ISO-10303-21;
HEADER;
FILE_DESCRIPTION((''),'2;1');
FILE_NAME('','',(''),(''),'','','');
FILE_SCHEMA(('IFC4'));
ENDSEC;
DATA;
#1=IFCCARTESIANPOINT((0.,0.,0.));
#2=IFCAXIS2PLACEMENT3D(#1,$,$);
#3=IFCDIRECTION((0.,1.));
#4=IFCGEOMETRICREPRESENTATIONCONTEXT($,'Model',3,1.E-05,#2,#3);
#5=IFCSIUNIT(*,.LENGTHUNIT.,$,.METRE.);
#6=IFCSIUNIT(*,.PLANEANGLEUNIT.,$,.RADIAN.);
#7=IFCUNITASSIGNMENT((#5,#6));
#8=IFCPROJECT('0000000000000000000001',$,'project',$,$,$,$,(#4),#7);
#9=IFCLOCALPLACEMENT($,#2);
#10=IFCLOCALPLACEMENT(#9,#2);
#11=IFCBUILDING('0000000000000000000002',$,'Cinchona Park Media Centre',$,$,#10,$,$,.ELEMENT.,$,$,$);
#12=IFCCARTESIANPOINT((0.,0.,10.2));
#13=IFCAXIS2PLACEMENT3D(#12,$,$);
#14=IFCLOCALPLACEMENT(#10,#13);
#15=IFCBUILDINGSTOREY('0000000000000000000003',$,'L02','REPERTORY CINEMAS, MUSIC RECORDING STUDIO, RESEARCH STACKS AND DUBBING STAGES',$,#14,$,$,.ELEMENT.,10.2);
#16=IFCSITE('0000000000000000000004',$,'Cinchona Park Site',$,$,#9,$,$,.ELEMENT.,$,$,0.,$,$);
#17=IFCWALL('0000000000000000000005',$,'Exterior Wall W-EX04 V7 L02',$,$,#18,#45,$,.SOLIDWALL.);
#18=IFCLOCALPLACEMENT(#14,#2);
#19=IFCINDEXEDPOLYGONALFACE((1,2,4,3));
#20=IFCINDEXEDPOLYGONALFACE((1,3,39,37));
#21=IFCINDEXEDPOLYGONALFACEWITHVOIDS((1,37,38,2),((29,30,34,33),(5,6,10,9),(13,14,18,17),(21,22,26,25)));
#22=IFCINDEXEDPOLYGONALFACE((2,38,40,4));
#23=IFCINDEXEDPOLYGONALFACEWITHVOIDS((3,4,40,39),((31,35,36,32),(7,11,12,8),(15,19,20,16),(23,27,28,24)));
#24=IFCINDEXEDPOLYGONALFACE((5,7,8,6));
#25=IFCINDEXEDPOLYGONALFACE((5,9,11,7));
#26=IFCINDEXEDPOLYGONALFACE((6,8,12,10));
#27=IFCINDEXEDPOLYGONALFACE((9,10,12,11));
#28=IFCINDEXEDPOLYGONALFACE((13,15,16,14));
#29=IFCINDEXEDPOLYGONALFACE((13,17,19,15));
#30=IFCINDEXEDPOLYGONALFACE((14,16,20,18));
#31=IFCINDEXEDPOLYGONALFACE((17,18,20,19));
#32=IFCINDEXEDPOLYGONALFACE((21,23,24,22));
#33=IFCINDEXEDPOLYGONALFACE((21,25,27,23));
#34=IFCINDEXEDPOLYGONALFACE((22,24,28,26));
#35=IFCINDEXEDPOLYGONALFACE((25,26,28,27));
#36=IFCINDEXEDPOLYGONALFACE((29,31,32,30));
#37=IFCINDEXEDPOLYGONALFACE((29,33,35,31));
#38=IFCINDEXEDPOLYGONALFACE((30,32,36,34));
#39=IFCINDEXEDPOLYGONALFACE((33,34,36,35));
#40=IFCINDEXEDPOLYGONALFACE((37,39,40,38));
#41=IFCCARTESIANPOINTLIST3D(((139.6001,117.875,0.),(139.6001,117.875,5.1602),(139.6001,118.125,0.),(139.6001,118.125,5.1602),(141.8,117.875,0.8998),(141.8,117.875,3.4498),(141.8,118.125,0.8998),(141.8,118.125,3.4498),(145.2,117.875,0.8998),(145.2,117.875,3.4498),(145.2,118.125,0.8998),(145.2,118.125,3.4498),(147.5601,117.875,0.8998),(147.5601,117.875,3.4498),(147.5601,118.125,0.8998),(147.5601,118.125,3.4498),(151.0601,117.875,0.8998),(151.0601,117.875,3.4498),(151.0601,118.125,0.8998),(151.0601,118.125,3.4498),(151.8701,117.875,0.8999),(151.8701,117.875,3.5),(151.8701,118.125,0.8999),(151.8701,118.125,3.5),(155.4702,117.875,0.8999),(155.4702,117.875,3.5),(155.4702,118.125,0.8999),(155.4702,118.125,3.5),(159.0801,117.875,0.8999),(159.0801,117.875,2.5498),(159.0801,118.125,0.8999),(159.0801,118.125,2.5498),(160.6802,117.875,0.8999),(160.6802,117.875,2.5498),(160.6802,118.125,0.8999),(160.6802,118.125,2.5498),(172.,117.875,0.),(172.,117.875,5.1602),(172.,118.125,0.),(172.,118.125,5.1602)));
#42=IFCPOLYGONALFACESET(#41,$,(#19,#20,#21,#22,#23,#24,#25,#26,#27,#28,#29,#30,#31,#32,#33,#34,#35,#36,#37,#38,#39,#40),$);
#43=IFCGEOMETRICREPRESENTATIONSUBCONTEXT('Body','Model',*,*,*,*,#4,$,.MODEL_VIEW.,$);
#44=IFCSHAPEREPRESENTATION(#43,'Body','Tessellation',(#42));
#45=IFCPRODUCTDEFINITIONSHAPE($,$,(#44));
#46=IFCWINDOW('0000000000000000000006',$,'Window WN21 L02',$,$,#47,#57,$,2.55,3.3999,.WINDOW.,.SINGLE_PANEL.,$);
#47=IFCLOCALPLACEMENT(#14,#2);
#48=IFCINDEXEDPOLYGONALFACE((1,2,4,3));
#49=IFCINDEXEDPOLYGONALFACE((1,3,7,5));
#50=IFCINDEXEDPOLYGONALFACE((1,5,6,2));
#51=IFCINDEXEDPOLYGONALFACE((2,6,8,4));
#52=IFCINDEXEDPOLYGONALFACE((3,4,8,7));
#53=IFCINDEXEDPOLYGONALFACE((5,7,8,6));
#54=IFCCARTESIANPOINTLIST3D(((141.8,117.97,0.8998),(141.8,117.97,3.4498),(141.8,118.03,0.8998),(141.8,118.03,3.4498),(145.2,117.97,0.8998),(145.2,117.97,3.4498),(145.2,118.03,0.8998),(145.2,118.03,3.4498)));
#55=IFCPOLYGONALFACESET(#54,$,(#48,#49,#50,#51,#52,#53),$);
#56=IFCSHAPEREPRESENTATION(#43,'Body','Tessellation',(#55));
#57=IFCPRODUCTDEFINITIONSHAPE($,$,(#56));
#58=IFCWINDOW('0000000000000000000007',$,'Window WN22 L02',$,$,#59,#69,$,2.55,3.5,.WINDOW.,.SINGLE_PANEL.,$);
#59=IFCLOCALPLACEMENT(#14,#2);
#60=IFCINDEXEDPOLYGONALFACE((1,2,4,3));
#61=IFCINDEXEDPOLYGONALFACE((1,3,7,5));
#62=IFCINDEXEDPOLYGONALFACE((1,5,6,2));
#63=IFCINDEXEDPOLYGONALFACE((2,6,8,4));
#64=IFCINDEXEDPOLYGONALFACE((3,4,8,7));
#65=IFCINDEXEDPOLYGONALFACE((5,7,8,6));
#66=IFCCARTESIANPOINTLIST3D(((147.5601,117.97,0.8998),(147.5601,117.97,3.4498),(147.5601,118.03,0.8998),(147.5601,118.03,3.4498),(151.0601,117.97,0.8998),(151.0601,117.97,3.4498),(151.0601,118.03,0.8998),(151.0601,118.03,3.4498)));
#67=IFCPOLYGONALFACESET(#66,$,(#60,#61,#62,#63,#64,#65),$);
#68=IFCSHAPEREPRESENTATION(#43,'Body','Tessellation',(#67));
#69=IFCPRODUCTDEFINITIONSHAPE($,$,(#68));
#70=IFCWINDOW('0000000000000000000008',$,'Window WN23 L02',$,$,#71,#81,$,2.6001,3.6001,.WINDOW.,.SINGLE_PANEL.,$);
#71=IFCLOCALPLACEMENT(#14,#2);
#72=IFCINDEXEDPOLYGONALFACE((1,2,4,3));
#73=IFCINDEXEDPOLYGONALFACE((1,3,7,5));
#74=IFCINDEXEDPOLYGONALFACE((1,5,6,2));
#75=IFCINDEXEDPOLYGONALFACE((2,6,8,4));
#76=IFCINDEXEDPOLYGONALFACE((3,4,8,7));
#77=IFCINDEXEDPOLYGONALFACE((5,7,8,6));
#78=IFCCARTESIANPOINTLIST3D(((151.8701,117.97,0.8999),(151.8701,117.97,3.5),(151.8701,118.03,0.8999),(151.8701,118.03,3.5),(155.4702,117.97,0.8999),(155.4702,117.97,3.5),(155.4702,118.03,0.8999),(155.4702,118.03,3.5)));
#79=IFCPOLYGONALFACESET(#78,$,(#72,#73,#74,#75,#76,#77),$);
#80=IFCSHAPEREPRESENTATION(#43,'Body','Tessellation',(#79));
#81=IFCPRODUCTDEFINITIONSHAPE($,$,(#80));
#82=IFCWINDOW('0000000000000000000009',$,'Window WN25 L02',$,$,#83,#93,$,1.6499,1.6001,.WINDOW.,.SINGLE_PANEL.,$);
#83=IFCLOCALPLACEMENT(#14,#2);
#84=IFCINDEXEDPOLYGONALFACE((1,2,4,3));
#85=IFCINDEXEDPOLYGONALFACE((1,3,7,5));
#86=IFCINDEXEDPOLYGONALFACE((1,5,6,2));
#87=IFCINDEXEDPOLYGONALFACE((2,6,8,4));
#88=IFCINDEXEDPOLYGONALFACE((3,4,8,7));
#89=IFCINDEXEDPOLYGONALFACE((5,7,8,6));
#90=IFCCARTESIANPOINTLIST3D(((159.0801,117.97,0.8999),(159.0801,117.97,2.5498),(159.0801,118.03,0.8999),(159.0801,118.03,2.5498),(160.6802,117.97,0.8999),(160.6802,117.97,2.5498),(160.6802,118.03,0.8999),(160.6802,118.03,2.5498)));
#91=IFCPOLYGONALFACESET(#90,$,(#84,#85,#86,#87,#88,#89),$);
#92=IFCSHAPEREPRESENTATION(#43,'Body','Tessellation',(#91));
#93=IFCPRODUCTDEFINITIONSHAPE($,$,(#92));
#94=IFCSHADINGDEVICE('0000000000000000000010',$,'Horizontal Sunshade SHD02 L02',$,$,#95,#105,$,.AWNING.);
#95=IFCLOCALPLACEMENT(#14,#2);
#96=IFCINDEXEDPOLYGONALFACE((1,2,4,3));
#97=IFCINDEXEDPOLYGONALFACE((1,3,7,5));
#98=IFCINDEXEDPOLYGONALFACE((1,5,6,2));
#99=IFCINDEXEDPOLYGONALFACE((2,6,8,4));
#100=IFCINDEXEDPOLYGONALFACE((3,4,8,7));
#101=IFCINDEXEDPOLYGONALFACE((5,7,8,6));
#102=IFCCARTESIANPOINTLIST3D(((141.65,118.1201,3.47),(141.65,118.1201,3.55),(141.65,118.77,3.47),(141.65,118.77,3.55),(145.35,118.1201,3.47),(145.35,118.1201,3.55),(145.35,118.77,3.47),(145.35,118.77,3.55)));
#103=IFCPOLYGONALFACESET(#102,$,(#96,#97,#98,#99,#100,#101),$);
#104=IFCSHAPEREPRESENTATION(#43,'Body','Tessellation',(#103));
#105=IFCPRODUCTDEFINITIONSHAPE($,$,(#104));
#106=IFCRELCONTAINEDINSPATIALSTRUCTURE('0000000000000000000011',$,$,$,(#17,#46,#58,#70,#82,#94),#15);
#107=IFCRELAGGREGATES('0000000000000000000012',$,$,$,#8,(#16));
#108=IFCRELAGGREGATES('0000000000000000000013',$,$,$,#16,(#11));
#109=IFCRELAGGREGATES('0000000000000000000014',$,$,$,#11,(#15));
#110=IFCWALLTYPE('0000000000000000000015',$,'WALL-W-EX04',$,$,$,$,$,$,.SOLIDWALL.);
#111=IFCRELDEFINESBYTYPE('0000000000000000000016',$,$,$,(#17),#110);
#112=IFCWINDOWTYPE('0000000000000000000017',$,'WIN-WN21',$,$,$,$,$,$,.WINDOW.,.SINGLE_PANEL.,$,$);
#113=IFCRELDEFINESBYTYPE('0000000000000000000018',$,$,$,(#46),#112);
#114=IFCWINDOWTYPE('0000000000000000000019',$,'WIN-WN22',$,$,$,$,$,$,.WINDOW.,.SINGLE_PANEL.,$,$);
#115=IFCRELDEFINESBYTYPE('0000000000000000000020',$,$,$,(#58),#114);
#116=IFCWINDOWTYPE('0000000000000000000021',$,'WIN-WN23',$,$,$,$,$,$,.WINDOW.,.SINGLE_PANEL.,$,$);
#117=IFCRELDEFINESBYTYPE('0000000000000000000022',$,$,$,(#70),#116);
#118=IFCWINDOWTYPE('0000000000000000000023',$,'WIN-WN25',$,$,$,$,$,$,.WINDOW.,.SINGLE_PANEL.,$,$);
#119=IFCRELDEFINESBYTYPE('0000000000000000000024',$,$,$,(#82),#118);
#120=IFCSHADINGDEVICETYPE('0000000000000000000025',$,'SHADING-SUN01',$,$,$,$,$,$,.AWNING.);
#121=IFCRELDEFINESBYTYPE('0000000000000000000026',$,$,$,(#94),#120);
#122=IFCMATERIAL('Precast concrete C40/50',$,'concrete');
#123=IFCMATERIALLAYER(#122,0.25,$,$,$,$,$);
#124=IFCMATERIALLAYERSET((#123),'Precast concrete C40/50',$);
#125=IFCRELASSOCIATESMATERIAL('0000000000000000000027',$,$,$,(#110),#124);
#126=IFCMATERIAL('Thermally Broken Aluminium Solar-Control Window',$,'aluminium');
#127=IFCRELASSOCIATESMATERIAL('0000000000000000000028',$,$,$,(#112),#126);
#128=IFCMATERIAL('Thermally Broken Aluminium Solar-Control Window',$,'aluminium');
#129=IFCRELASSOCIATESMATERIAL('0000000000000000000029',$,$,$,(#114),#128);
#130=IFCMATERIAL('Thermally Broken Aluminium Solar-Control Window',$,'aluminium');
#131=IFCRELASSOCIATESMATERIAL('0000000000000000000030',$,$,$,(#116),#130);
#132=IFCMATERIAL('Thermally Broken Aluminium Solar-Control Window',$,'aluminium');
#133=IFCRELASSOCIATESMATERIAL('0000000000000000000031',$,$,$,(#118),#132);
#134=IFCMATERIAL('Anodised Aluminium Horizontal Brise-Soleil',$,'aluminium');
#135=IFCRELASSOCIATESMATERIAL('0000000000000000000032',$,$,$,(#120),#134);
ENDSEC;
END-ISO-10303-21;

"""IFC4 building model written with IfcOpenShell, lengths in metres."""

from ifc_helpers import new_model, si_unit, direction, frame, frame_2d, origin, origin_2d, place, context, subcontext, project, spatial, rectangle, extrude, material, layer, layer_set, type_object, element, fill, save


model = new_model("IFC4")

# Units and contexts
model_context = context("Model", 3, precision=1e-05, world=origin(), true_north=direction((0.0, 1.0)))
body_context = subcontext(model_context, "Body", "Model", "MODEL_VIEW")
ifc_project = project(units=[si_unit("LENGTHUNIT", "METRE"), si_unit("PLANEANGLEUNIT", "RADIAN")], contexts=[model_context])

# Site, building, storey
site_placement = place(None, origin())
site = spatial("IfcSite", under=ifc_project, at=site_placement, Name="Cinchona Park Site", CompositionType="ELEMENT", RefElevation=0.0)
building_placement = place(site_placement, origin())
building = spatial("IfcBuilding", under=site, at=building_placement, Name="Cinchona Park Media Centre", CompositionType="ELEMENT")
storey_placement = place(building_placement, frame((0.0, 0.0, 10.2)))
storey = spatial("IfcBuildingStorey", under=building, at=storey_placement, Name="L02", Description="REPERTORY CINEMAS, MUSIC RECORDING STUDIO, RESEARCH STACKS AND DUBBING STAGES", CompositionType="ELEMENT", Elevation=10.2)

# Wall, openings, windows
ifc_material_1 = material(Name="Precast concrete C40/50", Category="concrete")
ifc_layer = layer(ifc_material_1, 0.25)
ifc_layer_set = layer_set([ifc_layer], Name="Precast concrete C40/50")
wall_type = type_object("IfcWallType", Name="WALL-W-EX04", PredefinedType="SOLIDWALL", material=ifc_layer_set)
wall_placement = place(storey_placement, frame((139.6001, 118.0, 0.0), z_axis=(0.0, 0.0, 1.0), x_axis=(1.0, 0.0, 0.0)))
wall = element("IfcWall", 1, at=wall_placement, inside=storey, type_object=wall_type, Name="Exterior Wall W-EX04 V7 L02", PredefinedType="SOLIDWALL", context=body_context, shape_type="SweptSolid", body=[
    extrude(rectangle(XDim=32.3999, YDim=0.25, at=frame_2d((16.2, 0.0))), origin(), (0.0, 0.0, 1.0), 5.1602),
])
opening_1_placement = place(wall_placement, frame((2.2, 0.0, 0.8999)))
opening_1 = element("IfcOpeningElement", 2, at=opening_1_placement, cuts=wall, PredefinedType="OPENING", context=body_context, shape_type="SweptSolid", body=[
    extrude(rectangle(XDim=3.3999, YDim=2.55, at=frame_2d((1.7, 1.2749))), frame((0.0, 0.135, 0.0), z_axis=(0.0, -1.0, 0.0), x_axis=(1.0, 0.0, 0.0)), (0.0, 0.0, 1.0), 0.27),
])
opening_2_placement = place(wall_placement, frame((7.96, 0.0, 0.8999)))
opening_2 = element("IfcOpeningElement", 3, at=opening_2_placement, cuts=wall, PredefinedType="OPENING", context=body_context, shape_type="SweptSolid", body=[
    extrude(rectangle(XDim=3.5, YDim=2.55, at=frame_2d((1.75, 1.2749))), frame((0.0, 0.135, 0.0), z_axis=(0.0, -1.0, 0.0), x_axis=(1.0, 0.0, 0.0)), (0.0, 0.0, 1.0), 0.27),
])
opening_3_placement = place(wall_placement, frame((12.27, 0.0, 0.8999)))
opening_3 = element("IfcOpeningElement", 4, at=opening_3_placement, cuts=wall, PredefinedType="OPENING", context=body_context, shape_type="SweptSolid", body=[
    extrude(rectangle(XDim=3.6001, YDim=2.6001, at=frame_2d((1.8, 1.3))), frame((0.0, 0.135, 0.0), z_axis=(0.0, -1.0, 0.0), x_axis=(1.0, 0.0, 0.0)), (0.0, 0.0, 1.0), 0.27),
])
opening_4_placement = place(wall_placement, frame((19.48, 0.0, 0.8999)))
opening_4 = element("IfcOpeningElement", 5, at=opening_4_placement, cuts=wall, PredefinedType="OPENING", context=body_context, shape_type="SweptSolid", body=[
    extrude(rectangle(XDim=1.6001, YDim=1.6499, at=frame_2d((0.8, 0.825))), frame((0.0, 0.135, 0.0), z_axis=(0.0, -1.0, 0.0), x_axis=(1.0, 0.0, 0.0)), (0.0, 0.0, 1.0), 0.27),
])
ifc_material_2 = material(Name="Thermally Broken Aluminium Solar-Control Window", Category="aluminium")
window_type_1 = type_object("IfcWindowType", Name="WIN-WN21", PartitioningType="SINGLE_PANEL", PredefinedType="WINDOW", material=ifc_material_2)
window_1_placement = place(opening_1_placement, origin())
window_1 = element("IfcWindow", 6, at=window_1_placement, inside=storey, type_object=window_type_1, Name="Window WN21 L02", OverallHeight=2.55, OverallWidth=3.3999, PartitioningType="SINGLE_PANEL", PredefinedType="WINDOW", context=body_context, shape_type="SweptSolid", body=[
    extrude(rectangle(XDim=3.3999, YDim=2.55, at=frame_2d((1.7, 1.2749))), frame((0.0, 0.03, 0.0), z_axis=(0.0, -1.0, 0.0), x_axis=(1.0, 0.0, 0.0)), (0.0, 0.0, 1.0), 0.0601),
])
fill(opening_1, window_1)
ifc_material_3 = material(Name="Thermally Broken Aluminium Solar-Control Window", Category="aluminium")
window_type_2 = type_object("IfcWindowType", Name="WIN-WN22", PartitioningType="SINGLE_PANEL", PredefinedType="WINDOW", material=ifc_material_3)
window_2_placement = place(opening_2_placement, origin())
window_2 = element("IfcWindow", 7, at=window_2_placement, inside=storey, type_object=window_type_2, Name="Window WN22 L02", OverallHeight=2.55, OverallWidth=3.5, PartitioningType="SINGLE_PANEL", PredefinedType="WINDOW", context=body_context, shape_type="SweptSolid", body=[
    extrude(rectangle(XDim=3.5, YDim=2.55, at=frame_2d((1.75, 1.2749))), frame((0.0, 0.03, 0.0), z_axis=(0.0, -1.0, 0.0), x_axis=(1.0, 0.0, 0.0)), (0.0, 0.0, 1.0), 0.0601),
])
fill(opening_2, window_2)
ifc_material_4 = material(Name="Thermally Broken Aluminium Solar-Control Window", Category="aluminium")
window_type_3 = type_object("IfcWindowType", Name="WIN-WN23", PartitioningType="SINGLE_PANEL", PredefinedType="WINDOW", material=ifc_material_4)
window_3_placement = place(opening_3_placement, origin())
window_3 = element("IfcWindow", 8, at=window_3_placement, inside=storey, type_object=window_type_3, Name="Window WN23 L02", OverallHeight=2.6001, OverallWidth=3.6001, PartitioningType="SINGLE_PANEL", PredefinedType="WINDOW", context=body_context, shape_type="SweptSolid", body=[
    extrude(rectangle(XDim=3.6001, YDim=2.6001, at=frame_2d((1.8, 1.3))), frame((0.0, 0.03, 0.0), z_axis=(0.0, -1.0, 0.0), x_axis=(1.0, 0.0, 0.0)), (0.0, 0.0, 1.0), 0.0601),
])
fill(opening_3, window_3)
ifc_material_5 = material(Name="Thermally Broken Aluminium Solar-Control Window", Category="aluminium")
window_type_4 = type_object("IfcWindowType", Name="WIN-WN25", PartitioningType="SINGLE_PANEL", PredefinedType="WINDOW", material=ifc_material_5)
window_4_placement = place(opening_4_placement, origin())
window_4 = element("IfcWindow", 9, at=window_4_placement, inside=storey, type_object=window_type_4, Name="Window WN25 L02", OverallHeight=1.6499, OverallWidth=1.6001, PartitioningType="SINGLE_PANEL", PredefinedType="WINDOW", context=body_context, shape_type="SweptSolid", body=[
    extrude(rectangle(XDim=1.6001, YDim=1.6499, at=frame_2d((0.8, 0.825))), frame((0.0, 0.03, 0.0), z_axis=(0.0, -1.0, 0.0), x_axis=(1.0, 0.0, 0.0)), (0.0, 0.0, 1.0), 0.0601),
])
fill(opening_4, window_4)

# Shading device
ifc_material_6 = material(Name="Anodised Aluminium Horizontal Brise-Soleil", Category="aluminium")
shading_device_type = type_object("IfcShadingDeviceType", Name="SHADING-SUN01", PredefinedType="AWNING", material=ifc_material_6)
shading_device_placement = place(storey_placement, frame((143.5, 118.4451, 3.47), z_axis=(0.0, 0.0, 1.0), x_axis=(1.0, 0.0, 0.0)))
element("IfcShadingDevice", 10, at=shading_device_placement, inside=storey, type_object=shading_device_type, Name="Horizontal Sunshade SHD02 L02", PredefinedType="AWNING", context=body_context, shape_type="SweptSolid", body=[
    extrude(rectangle(XDim=3.7, YDim=0.6499, at=origin_2d()), origin(), (0.0, 0.0, 1.0), 0.0801),
])

save(model, "model.ifc")
